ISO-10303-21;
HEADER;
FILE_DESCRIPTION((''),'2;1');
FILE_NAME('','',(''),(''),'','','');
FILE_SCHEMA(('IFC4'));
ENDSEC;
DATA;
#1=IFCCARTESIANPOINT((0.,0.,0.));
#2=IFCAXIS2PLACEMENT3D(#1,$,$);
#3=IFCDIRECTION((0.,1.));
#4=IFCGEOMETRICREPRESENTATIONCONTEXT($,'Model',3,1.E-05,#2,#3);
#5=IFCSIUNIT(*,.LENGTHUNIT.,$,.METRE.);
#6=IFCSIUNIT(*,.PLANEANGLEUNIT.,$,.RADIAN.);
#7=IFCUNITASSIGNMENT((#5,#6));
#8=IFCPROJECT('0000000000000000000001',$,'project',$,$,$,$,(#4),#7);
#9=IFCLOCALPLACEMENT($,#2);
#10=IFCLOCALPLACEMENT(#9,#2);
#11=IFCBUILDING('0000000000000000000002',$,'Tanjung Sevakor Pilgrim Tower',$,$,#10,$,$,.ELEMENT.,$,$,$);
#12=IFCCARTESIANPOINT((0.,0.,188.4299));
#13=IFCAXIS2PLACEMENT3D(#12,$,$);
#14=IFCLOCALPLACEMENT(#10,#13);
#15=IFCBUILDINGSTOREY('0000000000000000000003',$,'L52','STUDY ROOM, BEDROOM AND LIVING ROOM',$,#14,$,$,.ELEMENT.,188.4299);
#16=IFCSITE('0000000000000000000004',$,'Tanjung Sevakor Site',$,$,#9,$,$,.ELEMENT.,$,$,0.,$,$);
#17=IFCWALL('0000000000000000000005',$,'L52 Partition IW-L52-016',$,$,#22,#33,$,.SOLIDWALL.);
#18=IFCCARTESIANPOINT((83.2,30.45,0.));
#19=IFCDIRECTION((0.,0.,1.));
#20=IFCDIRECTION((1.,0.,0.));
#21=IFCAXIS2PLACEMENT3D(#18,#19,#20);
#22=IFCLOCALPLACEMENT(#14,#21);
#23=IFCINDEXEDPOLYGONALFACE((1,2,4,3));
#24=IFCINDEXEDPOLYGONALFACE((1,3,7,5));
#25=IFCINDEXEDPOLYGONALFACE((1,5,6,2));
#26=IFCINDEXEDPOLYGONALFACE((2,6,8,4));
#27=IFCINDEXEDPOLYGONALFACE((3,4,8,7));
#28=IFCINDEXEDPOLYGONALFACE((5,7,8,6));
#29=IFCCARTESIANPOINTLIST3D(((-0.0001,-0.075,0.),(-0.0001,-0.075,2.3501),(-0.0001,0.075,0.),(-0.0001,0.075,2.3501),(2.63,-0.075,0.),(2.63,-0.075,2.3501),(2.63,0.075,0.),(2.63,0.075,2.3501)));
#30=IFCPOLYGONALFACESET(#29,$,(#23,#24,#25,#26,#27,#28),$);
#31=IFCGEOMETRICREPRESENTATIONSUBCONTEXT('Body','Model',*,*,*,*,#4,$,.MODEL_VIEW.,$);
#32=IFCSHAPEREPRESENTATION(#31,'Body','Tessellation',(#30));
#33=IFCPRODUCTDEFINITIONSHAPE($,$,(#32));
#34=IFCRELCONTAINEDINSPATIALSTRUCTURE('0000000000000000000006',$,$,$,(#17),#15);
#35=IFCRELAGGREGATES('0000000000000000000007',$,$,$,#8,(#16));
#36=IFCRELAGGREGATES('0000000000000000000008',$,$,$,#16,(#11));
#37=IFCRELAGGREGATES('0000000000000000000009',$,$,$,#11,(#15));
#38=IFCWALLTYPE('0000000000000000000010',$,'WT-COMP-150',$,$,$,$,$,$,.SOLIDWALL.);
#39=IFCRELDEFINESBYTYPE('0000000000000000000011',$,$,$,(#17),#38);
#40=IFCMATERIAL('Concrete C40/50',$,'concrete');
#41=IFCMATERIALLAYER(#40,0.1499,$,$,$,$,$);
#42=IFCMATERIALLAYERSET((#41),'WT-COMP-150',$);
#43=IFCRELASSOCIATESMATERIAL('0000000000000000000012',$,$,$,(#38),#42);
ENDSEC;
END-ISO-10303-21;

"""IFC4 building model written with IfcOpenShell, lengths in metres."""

from ifc_helpers import new_model, si_unit, direction, frame, frame_2d, origin, place, context, subcontext, project, spatial, rectangle, extrude, material, layer, layer_set, type_object, element, save


model = new_model("IFC4")

# Units and contexts
model_context = context("Model", 3, precision=1e-05, world=origin(), true_north=direction((0.0, 1.0)))
body_context = subcontext(model_context, "Body", "Model", "MODEL_VIEW")
ifc_project = project(units=[si_unit("LENGTHUNIT", "METRE"), si_unit("PLANEANGLEUNIT", "RADIAN")], contexts=[model_context])

# Site, building, storey
site_placement = place(None, origin())
site = spatial("IfcSite", under=ifc_project, at=site_placement, Name="Tanjung Sevakor Site", CompositionType="ELEMENT", RefElevation=0.0)
building_placement = place(site_placement, origin())
building = spatial("IfcBuilding", under=site, at=building_placement, Name="Tanjung Sevakor Pilgrim Tower", CompositionType="ELEMENT")
storey_placement = place(building_placement, frame((0.0, 0.0, 188.4299)))
storey = spatial("IfcBuildingStorey", under=building, at=storey_placement, Name="L52", Description="STUDY ROOM, BEDROOM AND LIVING ROOM", CompositionType="ELEMENT", Elevation=188.4299)

# Wall
ifc_material_1 = material(Name="Concrete C40/50", Category="concrete")
ifc_layer_1 = layer(ifc_material_1, 0.1499)
ifc_layer_set_1 = layer_set([ifc_layer_1], Name="WT-COMP-150")
wall_type_1 = type_object("IfcWallType", Name="WT-COMP-150", PredefinedType="SOLIDWALL", material=ifc_layer_set_1)
wall_1_placement = place(storey_placement, frame((83.2, 30.45, 0.0), z_axis=(0.0, 0.0, 1.0), x_axis=(1.0, 0.0, 0.0)))
element("IfcWall", 1, at=wall_1_placement, inside=storey, type_object=wall_type_1, Name="L52 Partition IW-L52-016", PredefinedType="SOLIDWALL", context=body_context, shape_type="SweptSolid", body=[
    extrude(rectangle(XDim=2.6301, YDim=0.1499, at=frame_2d((1.3149, 0.0))), origin(), (0.0, 0.0, 1.0), 2.3501),
])

save(model, "model.ifc")
